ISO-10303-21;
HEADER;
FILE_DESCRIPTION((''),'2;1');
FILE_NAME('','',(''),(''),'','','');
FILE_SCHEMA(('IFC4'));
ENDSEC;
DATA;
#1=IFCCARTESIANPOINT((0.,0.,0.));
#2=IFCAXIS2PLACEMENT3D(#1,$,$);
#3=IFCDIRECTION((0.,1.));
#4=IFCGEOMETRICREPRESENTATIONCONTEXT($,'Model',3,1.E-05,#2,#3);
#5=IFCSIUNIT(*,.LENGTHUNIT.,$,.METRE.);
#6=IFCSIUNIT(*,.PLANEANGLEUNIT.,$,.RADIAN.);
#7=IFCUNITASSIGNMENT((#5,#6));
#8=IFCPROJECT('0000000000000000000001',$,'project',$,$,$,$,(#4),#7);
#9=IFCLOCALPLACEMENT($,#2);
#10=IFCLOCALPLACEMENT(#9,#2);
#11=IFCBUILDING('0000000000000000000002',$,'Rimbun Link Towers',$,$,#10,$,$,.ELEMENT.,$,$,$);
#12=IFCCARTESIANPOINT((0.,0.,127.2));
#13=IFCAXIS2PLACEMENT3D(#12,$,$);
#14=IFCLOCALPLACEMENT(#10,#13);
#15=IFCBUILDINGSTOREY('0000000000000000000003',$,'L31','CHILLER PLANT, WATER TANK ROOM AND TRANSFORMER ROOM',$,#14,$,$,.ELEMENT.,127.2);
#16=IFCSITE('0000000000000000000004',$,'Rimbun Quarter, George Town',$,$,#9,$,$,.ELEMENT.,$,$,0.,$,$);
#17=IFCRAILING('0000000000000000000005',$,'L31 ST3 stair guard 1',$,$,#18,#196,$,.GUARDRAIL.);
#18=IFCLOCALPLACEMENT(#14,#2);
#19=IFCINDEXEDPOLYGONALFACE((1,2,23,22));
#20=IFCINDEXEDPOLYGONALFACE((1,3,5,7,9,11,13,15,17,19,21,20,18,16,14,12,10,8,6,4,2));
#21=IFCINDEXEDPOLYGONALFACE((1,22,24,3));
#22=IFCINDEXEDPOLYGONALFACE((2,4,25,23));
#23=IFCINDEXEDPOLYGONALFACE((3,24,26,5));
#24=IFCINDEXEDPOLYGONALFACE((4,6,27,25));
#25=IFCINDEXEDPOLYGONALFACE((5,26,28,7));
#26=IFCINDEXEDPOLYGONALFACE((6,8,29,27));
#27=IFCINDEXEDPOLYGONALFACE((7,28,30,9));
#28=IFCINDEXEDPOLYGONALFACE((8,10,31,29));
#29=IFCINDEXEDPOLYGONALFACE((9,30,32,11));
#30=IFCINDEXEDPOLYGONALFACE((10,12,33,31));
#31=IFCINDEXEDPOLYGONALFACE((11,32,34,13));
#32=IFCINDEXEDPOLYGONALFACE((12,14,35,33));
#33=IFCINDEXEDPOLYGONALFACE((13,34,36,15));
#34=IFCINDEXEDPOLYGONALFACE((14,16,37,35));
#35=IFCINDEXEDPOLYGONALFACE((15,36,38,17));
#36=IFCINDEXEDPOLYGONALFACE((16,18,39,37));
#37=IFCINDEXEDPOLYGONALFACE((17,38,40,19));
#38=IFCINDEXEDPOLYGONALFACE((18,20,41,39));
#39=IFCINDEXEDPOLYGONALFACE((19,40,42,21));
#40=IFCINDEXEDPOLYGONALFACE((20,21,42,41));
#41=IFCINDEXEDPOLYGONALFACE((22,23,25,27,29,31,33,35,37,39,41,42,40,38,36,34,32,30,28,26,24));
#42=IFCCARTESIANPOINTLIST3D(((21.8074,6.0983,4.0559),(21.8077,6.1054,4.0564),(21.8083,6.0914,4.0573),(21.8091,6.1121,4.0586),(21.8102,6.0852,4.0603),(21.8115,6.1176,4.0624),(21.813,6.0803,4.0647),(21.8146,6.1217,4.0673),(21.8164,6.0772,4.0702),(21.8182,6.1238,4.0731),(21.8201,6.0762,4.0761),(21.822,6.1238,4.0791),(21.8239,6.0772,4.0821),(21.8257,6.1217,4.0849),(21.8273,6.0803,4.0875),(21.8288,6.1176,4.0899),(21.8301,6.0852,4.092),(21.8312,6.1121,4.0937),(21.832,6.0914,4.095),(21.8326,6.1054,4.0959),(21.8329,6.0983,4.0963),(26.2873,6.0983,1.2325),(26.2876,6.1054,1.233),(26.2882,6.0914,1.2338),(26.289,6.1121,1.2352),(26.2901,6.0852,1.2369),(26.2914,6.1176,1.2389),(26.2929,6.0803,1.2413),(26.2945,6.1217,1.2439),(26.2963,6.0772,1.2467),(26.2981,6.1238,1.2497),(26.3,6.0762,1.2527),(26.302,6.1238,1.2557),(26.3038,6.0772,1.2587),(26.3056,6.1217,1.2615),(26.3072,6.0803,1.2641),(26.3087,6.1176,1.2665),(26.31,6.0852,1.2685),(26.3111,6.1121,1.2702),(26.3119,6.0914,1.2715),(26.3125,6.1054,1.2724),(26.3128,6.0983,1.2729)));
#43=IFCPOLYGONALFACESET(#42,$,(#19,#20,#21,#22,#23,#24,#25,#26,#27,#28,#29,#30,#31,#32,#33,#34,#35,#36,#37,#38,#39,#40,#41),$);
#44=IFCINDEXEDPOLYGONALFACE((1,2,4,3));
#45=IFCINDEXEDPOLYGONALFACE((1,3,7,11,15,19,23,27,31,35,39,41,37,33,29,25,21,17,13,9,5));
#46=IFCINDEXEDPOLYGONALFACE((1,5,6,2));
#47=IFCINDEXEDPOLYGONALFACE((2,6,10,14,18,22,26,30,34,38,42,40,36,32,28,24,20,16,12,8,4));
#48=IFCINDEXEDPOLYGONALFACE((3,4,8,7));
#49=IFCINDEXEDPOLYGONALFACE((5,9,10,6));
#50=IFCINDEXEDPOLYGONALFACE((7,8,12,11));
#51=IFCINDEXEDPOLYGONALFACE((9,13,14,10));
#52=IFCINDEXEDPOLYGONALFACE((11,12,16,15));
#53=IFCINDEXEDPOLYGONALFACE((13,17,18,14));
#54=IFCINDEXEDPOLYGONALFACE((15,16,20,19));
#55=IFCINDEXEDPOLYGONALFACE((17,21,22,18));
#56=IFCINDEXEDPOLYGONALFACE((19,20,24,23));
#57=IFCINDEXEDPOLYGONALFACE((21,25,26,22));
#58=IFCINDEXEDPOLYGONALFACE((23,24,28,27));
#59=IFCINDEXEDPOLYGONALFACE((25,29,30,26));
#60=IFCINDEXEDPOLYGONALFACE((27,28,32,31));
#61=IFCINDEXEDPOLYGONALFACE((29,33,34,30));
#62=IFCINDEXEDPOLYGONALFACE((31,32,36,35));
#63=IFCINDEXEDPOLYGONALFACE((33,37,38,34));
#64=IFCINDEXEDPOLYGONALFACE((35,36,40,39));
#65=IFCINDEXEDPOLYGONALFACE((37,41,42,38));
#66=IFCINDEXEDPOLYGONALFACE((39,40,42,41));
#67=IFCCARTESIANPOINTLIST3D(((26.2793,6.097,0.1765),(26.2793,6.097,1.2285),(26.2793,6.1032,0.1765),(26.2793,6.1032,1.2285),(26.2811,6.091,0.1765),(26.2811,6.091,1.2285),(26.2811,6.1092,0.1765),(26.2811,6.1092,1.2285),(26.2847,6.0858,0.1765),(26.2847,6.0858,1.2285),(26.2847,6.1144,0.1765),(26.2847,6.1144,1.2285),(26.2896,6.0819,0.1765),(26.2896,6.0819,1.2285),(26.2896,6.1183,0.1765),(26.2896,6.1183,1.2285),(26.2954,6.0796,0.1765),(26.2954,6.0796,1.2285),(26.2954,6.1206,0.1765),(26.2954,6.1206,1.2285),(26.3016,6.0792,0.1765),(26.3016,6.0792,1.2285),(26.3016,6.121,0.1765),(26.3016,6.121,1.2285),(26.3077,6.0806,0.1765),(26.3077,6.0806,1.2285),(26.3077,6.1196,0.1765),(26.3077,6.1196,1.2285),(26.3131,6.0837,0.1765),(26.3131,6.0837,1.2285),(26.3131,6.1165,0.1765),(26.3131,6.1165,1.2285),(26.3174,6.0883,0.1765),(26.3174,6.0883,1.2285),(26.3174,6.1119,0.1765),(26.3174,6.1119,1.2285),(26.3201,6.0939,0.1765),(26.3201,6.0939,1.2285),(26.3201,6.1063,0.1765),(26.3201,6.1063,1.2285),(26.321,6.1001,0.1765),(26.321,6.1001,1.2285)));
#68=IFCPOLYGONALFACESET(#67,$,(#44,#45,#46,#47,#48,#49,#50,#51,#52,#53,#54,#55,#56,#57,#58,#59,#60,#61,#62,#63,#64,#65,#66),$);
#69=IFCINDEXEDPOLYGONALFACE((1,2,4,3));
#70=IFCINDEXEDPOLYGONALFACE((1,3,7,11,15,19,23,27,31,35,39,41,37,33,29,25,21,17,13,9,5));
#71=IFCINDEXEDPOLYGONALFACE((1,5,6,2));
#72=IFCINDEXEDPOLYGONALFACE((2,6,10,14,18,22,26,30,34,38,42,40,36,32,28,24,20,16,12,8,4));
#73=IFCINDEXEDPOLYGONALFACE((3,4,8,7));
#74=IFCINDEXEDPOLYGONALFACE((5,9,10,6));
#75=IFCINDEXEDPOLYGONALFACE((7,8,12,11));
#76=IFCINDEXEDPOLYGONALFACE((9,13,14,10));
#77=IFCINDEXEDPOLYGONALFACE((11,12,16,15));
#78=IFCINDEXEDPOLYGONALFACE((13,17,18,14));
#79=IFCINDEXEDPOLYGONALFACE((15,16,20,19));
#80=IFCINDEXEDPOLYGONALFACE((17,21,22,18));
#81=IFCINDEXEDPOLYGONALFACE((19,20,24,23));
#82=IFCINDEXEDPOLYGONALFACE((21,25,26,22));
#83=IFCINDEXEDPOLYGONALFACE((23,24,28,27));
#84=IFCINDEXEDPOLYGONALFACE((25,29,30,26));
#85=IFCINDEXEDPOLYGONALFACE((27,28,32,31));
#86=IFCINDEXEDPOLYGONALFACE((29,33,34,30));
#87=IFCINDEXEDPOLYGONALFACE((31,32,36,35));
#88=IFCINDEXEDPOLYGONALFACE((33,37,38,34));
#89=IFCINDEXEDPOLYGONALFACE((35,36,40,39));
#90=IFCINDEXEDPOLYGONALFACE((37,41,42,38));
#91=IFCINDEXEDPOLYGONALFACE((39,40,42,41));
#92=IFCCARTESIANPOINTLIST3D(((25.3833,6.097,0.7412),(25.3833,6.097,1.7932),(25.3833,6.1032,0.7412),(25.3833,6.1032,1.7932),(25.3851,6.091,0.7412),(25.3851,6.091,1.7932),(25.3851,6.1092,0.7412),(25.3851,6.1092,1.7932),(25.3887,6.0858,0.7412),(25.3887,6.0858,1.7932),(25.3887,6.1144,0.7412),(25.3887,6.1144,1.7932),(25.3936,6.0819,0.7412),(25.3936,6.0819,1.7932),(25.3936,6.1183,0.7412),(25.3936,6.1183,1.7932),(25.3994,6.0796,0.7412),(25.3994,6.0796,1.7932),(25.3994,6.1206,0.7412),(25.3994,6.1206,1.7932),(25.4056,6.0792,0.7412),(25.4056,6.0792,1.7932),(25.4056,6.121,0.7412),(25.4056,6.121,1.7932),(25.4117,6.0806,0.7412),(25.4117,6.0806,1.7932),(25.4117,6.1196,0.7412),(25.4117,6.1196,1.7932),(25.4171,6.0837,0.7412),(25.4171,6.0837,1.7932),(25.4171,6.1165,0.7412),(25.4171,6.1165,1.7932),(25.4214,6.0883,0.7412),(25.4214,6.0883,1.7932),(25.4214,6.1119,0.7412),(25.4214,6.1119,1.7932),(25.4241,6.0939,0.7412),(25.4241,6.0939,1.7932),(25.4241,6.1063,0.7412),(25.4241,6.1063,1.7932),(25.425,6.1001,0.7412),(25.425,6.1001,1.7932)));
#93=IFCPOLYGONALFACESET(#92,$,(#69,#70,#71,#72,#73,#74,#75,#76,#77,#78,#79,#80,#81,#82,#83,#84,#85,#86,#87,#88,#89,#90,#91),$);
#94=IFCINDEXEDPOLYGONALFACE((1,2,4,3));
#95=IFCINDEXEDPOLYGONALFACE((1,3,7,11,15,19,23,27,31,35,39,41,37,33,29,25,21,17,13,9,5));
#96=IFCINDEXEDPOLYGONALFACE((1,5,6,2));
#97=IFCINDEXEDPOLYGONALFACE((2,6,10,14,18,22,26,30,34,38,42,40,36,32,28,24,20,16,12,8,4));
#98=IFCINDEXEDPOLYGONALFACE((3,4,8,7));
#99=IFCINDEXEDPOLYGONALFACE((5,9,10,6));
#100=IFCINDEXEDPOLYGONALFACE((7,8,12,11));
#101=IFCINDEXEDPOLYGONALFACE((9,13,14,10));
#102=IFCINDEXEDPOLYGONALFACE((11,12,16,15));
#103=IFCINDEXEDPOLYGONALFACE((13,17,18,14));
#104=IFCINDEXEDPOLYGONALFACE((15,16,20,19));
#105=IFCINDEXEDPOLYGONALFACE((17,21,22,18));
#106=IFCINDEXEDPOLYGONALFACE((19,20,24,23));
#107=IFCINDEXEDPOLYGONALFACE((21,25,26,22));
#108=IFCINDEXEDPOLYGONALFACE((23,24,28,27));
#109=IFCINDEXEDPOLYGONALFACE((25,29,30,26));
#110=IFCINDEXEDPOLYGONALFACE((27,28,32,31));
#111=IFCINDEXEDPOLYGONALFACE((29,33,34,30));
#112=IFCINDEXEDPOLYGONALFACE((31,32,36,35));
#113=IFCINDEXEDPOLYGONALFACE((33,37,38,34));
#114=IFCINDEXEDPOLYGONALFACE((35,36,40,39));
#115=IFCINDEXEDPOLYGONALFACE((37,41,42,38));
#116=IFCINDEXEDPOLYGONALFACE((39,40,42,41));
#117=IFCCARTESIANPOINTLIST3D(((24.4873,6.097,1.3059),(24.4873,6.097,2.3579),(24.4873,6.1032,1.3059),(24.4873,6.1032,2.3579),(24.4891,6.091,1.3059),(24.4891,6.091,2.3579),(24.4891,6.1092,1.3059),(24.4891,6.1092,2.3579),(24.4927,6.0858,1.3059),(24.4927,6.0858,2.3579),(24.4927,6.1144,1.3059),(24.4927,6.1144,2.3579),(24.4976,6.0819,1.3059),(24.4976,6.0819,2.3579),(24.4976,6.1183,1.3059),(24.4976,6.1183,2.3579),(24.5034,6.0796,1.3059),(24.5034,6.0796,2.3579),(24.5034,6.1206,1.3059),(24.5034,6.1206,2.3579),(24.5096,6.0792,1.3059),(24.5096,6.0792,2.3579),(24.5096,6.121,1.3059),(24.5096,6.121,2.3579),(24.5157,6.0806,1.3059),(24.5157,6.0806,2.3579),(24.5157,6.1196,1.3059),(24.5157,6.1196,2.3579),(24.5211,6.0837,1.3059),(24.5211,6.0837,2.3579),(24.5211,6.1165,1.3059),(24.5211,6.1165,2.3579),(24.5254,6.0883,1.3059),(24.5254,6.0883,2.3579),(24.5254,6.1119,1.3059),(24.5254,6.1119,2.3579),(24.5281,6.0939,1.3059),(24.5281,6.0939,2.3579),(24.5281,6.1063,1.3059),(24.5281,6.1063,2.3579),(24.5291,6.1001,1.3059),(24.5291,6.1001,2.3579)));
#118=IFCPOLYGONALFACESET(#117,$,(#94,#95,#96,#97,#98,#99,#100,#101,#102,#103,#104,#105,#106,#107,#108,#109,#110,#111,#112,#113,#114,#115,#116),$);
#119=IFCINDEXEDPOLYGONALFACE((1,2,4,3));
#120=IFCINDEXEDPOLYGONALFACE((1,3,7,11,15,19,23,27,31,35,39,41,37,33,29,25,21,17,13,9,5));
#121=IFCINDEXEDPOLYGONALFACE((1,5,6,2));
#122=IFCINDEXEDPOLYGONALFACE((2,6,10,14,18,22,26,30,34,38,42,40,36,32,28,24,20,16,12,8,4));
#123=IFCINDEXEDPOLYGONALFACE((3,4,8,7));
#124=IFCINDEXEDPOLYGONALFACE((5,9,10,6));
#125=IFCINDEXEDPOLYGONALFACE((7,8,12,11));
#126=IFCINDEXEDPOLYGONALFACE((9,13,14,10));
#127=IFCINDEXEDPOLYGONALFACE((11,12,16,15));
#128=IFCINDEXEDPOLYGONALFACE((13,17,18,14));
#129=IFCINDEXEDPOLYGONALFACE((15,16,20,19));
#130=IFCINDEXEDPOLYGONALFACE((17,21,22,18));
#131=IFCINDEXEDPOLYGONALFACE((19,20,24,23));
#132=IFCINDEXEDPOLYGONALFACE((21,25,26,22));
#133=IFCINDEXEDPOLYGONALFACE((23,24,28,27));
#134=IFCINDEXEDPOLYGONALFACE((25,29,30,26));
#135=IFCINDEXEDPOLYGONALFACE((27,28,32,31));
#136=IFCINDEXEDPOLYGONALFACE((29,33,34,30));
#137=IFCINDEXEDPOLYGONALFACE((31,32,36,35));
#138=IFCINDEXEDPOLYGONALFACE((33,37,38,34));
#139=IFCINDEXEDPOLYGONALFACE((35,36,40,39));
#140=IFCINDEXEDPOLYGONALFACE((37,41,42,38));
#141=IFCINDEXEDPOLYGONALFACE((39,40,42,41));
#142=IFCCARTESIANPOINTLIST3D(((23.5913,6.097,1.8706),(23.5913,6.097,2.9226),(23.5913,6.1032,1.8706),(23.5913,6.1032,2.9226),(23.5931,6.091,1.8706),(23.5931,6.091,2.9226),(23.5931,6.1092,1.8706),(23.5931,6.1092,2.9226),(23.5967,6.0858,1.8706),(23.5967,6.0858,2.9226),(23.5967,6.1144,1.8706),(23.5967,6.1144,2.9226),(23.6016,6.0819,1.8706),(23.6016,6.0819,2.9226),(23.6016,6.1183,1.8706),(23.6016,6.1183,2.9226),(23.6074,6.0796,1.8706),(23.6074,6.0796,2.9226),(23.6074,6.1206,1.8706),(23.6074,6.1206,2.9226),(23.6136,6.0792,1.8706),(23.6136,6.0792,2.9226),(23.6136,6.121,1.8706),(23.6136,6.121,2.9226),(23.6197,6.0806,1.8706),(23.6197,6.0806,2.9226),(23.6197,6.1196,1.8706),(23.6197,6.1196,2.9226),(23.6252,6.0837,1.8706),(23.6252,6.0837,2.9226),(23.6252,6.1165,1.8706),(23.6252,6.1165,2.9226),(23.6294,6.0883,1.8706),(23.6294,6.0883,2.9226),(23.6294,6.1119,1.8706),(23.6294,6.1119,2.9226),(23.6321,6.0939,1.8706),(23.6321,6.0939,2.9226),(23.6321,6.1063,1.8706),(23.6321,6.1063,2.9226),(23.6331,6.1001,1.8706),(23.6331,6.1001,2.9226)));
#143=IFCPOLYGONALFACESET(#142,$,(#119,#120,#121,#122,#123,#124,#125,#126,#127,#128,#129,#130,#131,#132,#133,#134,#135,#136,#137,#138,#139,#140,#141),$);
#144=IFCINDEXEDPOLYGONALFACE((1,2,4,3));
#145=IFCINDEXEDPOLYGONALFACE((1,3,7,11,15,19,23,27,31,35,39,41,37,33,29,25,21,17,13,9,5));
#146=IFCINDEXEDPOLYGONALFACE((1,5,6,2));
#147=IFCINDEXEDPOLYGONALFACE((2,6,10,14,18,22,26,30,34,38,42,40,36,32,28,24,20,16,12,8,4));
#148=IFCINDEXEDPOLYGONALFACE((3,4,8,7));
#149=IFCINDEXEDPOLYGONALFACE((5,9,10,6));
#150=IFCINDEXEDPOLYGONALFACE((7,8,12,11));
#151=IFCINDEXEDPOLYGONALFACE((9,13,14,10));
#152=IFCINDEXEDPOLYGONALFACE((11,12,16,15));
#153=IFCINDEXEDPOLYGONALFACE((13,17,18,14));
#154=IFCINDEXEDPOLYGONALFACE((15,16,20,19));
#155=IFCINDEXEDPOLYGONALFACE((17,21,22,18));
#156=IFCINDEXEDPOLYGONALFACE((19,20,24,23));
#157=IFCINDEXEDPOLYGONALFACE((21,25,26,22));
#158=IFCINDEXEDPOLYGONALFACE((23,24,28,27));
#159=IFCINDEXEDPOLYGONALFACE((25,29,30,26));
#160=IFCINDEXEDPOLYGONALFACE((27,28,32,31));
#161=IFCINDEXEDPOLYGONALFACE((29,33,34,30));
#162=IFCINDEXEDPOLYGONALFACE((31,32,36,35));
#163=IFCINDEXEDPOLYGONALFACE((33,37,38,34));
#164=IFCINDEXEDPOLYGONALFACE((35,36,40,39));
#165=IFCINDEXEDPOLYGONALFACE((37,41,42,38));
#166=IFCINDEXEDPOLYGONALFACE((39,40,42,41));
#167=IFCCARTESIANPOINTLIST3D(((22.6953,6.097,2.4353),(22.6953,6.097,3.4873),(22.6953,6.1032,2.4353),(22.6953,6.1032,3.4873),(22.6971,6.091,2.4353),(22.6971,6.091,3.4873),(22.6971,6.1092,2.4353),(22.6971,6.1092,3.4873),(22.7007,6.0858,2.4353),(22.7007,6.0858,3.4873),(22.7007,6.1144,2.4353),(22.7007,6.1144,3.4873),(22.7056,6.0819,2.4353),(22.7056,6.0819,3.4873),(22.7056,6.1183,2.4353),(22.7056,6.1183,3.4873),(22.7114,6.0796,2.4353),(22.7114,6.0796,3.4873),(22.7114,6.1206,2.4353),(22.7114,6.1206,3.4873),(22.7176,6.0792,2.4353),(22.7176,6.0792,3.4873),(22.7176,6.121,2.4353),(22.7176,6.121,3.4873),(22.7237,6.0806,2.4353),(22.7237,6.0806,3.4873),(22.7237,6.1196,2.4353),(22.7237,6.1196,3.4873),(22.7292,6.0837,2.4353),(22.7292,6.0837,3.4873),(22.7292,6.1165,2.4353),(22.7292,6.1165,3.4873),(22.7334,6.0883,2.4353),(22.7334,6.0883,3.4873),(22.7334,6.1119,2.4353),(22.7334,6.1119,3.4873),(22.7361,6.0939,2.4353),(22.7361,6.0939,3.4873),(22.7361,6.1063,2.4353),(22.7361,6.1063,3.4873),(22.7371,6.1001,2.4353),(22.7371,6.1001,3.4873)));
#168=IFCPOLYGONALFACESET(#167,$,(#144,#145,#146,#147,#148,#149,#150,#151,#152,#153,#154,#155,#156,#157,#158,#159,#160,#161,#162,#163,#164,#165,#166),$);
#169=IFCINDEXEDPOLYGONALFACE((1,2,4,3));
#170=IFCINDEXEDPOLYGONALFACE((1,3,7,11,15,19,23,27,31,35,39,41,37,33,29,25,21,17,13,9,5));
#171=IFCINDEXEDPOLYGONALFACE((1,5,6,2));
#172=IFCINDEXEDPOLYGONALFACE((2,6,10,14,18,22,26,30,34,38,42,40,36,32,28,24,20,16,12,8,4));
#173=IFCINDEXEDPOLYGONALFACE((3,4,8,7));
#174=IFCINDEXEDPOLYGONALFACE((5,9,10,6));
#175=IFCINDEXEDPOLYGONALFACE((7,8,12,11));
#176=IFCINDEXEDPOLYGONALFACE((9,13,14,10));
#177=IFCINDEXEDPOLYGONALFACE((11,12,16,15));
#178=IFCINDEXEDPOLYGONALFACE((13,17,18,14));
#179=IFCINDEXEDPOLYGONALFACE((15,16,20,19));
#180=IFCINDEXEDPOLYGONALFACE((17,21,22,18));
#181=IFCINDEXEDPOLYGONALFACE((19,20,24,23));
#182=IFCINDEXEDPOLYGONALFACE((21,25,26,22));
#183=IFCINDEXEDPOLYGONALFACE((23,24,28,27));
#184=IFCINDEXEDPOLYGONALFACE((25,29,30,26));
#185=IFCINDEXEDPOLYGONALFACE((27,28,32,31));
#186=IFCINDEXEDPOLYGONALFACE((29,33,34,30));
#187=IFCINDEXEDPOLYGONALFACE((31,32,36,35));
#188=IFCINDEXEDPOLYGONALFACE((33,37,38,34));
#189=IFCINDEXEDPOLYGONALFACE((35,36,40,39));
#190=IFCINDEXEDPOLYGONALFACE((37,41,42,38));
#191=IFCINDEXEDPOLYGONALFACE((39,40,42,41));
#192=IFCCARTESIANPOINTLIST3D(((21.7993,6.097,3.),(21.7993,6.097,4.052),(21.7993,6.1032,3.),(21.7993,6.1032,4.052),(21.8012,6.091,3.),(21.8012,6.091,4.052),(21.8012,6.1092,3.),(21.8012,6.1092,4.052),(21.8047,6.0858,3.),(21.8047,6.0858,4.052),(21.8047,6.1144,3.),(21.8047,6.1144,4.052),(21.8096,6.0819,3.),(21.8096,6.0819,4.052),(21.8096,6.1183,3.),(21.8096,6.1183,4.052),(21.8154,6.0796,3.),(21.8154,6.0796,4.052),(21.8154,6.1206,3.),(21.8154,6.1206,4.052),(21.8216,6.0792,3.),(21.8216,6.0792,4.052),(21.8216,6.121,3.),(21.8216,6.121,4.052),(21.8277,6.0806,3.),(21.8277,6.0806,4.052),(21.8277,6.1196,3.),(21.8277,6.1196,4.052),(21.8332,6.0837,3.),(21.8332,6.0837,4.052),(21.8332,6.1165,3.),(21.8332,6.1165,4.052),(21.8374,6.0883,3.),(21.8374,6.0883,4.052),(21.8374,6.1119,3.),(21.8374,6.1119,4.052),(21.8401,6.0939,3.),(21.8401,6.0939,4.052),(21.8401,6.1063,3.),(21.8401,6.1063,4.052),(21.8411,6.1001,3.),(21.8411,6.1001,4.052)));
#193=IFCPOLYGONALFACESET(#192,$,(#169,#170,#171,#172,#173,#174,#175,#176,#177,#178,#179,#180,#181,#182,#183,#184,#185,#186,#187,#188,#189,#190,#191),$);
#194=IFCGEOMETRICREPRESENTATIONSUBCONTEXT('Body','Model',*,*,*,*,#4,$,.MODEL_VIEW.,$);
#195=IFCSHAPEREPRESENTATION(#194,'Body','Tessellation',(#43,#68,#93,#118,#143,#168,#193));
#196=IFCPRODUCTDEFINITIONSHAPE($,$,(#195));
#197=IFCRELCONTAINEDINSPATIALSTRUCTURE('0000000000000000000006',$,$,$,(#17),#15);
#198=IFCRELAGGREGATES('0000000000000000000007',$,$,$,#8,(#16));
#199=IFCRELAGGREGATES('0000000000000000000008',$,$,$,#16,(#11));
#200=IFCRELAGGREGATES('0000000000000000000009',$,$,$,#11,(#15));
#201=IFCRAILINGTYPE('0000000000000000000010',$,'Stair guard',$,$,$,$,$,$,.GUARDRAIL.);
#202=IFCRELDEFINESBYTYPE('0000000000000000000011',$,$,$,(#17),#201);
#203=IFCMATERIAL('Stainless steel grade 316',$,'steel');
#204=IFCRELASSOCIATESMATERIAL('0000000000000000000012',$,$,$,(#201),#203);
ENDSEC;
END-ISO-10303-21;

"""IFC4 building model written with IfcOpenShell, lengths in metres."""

from ifc_helpers import new_model, si_unit, direction, frame, origin, origin_2d, place, context, subcontext, project, spatial, circle, extrude, material, type_object, element, save


model = new_model("IFC4")

# Units and contexts
model_context = context("Model", 3, precision=1e-05, world=origin(), true_north=direction((0.0, 1.0)))
body_context = subcontext(model_context, "Body", "Model", "MODEL_VIEW")
ifc_project = project(units=[si_unit("LENGTHUNIT", "METRE"), si_unit("PLANEANGLEUNIT", "RADIAN")], contexts=[model_context])

# Site, building, storey
site_placement = place(None, origin())
site = spatial("IfcSite", under=ifc_project, at=site_placement, Name="Rimbun Quarter, George Town", CompositionType="ELEMENT", RefElevation=0.0)
building_placement = place(site_placement, origin())
building = spatial("IfcBuilding", under=site, at=building_placement, Name="Rimbun Link Towers", CompositionType="ELEMENT")
storey_placement = place(building_placement, frame((0.0, 0.0, 127.2)))
storey = spatial("IfcBuildingStorey", under=building, at=storey_placement, Name="L31", Description="CHILLER PLANT, WATER TANK ROOM AND TRANSFORMER ROOM", CompositionType="ELEMENT", Elevation=127.2)

# Railing
ifc_material_1 = material(Name="Stainless steel grade 316", Category="steel")
railing_type_1 = type_object("IfcRailingType", Name="Stair guard", PredefinedType="GUARDRAIL", material=ifc_material_1)
railing_1_placement = place(storey_placement, frame((26.3, 6.1001, 0.1765)))
element("IfcRailing", 1, at=railing_1_placement, inside=storey, type_object=railing_type_1, Name="L31 ST3 stair guard 1", PredefinedType="GUARDRAIL", context=body_context, shape_type="SweptSolid", body=[
    extrude(circle(Radius=0.0239, at=origin_2d()), frame((0.0, 0.0, 1.0762), z_axis=(-0.845998, 0.0, 0.533186), x_axis=(0.0, -1.0, 0.0)), (0.0, 0.0, 1.0), 5.2954),
    extrude(circle(Radius=0.021, at=origin_2d()), origin(), (0.0, 0.0, 1.0), 1.052),
    extrude(circle(Radius=0.021, at=origin_2d()), frame((-0.896, 0.0, 0.5647)), (0.0, 0.0, 1.0), 1.052),
    extrude(circle(Radius=0.021, at=origin_2d()), frame((-1.792, 0.0, 1.1294)), (0.0, 0.0, 1.0), 1.052),
    extrude(circle(Radius=0.021, at=origin_2d()), frame((-2.688, 0.0, 1.6941)), (0.0, 0.0, 1.0), 1.052),
    extrude(circle(Radius=0.021, at=origin_2d()), frame((-3.584, 0.0, 2.2588)), (0.0, 0.0, 1.0), 1.052),
    extrude(circle(Radius=0.021, at=origin_2d()), frame((-4.48, 0.0, 2.8235)), (0.0, 0.0, 1.0), 1.052),
])

save(model, "model.ifc")
